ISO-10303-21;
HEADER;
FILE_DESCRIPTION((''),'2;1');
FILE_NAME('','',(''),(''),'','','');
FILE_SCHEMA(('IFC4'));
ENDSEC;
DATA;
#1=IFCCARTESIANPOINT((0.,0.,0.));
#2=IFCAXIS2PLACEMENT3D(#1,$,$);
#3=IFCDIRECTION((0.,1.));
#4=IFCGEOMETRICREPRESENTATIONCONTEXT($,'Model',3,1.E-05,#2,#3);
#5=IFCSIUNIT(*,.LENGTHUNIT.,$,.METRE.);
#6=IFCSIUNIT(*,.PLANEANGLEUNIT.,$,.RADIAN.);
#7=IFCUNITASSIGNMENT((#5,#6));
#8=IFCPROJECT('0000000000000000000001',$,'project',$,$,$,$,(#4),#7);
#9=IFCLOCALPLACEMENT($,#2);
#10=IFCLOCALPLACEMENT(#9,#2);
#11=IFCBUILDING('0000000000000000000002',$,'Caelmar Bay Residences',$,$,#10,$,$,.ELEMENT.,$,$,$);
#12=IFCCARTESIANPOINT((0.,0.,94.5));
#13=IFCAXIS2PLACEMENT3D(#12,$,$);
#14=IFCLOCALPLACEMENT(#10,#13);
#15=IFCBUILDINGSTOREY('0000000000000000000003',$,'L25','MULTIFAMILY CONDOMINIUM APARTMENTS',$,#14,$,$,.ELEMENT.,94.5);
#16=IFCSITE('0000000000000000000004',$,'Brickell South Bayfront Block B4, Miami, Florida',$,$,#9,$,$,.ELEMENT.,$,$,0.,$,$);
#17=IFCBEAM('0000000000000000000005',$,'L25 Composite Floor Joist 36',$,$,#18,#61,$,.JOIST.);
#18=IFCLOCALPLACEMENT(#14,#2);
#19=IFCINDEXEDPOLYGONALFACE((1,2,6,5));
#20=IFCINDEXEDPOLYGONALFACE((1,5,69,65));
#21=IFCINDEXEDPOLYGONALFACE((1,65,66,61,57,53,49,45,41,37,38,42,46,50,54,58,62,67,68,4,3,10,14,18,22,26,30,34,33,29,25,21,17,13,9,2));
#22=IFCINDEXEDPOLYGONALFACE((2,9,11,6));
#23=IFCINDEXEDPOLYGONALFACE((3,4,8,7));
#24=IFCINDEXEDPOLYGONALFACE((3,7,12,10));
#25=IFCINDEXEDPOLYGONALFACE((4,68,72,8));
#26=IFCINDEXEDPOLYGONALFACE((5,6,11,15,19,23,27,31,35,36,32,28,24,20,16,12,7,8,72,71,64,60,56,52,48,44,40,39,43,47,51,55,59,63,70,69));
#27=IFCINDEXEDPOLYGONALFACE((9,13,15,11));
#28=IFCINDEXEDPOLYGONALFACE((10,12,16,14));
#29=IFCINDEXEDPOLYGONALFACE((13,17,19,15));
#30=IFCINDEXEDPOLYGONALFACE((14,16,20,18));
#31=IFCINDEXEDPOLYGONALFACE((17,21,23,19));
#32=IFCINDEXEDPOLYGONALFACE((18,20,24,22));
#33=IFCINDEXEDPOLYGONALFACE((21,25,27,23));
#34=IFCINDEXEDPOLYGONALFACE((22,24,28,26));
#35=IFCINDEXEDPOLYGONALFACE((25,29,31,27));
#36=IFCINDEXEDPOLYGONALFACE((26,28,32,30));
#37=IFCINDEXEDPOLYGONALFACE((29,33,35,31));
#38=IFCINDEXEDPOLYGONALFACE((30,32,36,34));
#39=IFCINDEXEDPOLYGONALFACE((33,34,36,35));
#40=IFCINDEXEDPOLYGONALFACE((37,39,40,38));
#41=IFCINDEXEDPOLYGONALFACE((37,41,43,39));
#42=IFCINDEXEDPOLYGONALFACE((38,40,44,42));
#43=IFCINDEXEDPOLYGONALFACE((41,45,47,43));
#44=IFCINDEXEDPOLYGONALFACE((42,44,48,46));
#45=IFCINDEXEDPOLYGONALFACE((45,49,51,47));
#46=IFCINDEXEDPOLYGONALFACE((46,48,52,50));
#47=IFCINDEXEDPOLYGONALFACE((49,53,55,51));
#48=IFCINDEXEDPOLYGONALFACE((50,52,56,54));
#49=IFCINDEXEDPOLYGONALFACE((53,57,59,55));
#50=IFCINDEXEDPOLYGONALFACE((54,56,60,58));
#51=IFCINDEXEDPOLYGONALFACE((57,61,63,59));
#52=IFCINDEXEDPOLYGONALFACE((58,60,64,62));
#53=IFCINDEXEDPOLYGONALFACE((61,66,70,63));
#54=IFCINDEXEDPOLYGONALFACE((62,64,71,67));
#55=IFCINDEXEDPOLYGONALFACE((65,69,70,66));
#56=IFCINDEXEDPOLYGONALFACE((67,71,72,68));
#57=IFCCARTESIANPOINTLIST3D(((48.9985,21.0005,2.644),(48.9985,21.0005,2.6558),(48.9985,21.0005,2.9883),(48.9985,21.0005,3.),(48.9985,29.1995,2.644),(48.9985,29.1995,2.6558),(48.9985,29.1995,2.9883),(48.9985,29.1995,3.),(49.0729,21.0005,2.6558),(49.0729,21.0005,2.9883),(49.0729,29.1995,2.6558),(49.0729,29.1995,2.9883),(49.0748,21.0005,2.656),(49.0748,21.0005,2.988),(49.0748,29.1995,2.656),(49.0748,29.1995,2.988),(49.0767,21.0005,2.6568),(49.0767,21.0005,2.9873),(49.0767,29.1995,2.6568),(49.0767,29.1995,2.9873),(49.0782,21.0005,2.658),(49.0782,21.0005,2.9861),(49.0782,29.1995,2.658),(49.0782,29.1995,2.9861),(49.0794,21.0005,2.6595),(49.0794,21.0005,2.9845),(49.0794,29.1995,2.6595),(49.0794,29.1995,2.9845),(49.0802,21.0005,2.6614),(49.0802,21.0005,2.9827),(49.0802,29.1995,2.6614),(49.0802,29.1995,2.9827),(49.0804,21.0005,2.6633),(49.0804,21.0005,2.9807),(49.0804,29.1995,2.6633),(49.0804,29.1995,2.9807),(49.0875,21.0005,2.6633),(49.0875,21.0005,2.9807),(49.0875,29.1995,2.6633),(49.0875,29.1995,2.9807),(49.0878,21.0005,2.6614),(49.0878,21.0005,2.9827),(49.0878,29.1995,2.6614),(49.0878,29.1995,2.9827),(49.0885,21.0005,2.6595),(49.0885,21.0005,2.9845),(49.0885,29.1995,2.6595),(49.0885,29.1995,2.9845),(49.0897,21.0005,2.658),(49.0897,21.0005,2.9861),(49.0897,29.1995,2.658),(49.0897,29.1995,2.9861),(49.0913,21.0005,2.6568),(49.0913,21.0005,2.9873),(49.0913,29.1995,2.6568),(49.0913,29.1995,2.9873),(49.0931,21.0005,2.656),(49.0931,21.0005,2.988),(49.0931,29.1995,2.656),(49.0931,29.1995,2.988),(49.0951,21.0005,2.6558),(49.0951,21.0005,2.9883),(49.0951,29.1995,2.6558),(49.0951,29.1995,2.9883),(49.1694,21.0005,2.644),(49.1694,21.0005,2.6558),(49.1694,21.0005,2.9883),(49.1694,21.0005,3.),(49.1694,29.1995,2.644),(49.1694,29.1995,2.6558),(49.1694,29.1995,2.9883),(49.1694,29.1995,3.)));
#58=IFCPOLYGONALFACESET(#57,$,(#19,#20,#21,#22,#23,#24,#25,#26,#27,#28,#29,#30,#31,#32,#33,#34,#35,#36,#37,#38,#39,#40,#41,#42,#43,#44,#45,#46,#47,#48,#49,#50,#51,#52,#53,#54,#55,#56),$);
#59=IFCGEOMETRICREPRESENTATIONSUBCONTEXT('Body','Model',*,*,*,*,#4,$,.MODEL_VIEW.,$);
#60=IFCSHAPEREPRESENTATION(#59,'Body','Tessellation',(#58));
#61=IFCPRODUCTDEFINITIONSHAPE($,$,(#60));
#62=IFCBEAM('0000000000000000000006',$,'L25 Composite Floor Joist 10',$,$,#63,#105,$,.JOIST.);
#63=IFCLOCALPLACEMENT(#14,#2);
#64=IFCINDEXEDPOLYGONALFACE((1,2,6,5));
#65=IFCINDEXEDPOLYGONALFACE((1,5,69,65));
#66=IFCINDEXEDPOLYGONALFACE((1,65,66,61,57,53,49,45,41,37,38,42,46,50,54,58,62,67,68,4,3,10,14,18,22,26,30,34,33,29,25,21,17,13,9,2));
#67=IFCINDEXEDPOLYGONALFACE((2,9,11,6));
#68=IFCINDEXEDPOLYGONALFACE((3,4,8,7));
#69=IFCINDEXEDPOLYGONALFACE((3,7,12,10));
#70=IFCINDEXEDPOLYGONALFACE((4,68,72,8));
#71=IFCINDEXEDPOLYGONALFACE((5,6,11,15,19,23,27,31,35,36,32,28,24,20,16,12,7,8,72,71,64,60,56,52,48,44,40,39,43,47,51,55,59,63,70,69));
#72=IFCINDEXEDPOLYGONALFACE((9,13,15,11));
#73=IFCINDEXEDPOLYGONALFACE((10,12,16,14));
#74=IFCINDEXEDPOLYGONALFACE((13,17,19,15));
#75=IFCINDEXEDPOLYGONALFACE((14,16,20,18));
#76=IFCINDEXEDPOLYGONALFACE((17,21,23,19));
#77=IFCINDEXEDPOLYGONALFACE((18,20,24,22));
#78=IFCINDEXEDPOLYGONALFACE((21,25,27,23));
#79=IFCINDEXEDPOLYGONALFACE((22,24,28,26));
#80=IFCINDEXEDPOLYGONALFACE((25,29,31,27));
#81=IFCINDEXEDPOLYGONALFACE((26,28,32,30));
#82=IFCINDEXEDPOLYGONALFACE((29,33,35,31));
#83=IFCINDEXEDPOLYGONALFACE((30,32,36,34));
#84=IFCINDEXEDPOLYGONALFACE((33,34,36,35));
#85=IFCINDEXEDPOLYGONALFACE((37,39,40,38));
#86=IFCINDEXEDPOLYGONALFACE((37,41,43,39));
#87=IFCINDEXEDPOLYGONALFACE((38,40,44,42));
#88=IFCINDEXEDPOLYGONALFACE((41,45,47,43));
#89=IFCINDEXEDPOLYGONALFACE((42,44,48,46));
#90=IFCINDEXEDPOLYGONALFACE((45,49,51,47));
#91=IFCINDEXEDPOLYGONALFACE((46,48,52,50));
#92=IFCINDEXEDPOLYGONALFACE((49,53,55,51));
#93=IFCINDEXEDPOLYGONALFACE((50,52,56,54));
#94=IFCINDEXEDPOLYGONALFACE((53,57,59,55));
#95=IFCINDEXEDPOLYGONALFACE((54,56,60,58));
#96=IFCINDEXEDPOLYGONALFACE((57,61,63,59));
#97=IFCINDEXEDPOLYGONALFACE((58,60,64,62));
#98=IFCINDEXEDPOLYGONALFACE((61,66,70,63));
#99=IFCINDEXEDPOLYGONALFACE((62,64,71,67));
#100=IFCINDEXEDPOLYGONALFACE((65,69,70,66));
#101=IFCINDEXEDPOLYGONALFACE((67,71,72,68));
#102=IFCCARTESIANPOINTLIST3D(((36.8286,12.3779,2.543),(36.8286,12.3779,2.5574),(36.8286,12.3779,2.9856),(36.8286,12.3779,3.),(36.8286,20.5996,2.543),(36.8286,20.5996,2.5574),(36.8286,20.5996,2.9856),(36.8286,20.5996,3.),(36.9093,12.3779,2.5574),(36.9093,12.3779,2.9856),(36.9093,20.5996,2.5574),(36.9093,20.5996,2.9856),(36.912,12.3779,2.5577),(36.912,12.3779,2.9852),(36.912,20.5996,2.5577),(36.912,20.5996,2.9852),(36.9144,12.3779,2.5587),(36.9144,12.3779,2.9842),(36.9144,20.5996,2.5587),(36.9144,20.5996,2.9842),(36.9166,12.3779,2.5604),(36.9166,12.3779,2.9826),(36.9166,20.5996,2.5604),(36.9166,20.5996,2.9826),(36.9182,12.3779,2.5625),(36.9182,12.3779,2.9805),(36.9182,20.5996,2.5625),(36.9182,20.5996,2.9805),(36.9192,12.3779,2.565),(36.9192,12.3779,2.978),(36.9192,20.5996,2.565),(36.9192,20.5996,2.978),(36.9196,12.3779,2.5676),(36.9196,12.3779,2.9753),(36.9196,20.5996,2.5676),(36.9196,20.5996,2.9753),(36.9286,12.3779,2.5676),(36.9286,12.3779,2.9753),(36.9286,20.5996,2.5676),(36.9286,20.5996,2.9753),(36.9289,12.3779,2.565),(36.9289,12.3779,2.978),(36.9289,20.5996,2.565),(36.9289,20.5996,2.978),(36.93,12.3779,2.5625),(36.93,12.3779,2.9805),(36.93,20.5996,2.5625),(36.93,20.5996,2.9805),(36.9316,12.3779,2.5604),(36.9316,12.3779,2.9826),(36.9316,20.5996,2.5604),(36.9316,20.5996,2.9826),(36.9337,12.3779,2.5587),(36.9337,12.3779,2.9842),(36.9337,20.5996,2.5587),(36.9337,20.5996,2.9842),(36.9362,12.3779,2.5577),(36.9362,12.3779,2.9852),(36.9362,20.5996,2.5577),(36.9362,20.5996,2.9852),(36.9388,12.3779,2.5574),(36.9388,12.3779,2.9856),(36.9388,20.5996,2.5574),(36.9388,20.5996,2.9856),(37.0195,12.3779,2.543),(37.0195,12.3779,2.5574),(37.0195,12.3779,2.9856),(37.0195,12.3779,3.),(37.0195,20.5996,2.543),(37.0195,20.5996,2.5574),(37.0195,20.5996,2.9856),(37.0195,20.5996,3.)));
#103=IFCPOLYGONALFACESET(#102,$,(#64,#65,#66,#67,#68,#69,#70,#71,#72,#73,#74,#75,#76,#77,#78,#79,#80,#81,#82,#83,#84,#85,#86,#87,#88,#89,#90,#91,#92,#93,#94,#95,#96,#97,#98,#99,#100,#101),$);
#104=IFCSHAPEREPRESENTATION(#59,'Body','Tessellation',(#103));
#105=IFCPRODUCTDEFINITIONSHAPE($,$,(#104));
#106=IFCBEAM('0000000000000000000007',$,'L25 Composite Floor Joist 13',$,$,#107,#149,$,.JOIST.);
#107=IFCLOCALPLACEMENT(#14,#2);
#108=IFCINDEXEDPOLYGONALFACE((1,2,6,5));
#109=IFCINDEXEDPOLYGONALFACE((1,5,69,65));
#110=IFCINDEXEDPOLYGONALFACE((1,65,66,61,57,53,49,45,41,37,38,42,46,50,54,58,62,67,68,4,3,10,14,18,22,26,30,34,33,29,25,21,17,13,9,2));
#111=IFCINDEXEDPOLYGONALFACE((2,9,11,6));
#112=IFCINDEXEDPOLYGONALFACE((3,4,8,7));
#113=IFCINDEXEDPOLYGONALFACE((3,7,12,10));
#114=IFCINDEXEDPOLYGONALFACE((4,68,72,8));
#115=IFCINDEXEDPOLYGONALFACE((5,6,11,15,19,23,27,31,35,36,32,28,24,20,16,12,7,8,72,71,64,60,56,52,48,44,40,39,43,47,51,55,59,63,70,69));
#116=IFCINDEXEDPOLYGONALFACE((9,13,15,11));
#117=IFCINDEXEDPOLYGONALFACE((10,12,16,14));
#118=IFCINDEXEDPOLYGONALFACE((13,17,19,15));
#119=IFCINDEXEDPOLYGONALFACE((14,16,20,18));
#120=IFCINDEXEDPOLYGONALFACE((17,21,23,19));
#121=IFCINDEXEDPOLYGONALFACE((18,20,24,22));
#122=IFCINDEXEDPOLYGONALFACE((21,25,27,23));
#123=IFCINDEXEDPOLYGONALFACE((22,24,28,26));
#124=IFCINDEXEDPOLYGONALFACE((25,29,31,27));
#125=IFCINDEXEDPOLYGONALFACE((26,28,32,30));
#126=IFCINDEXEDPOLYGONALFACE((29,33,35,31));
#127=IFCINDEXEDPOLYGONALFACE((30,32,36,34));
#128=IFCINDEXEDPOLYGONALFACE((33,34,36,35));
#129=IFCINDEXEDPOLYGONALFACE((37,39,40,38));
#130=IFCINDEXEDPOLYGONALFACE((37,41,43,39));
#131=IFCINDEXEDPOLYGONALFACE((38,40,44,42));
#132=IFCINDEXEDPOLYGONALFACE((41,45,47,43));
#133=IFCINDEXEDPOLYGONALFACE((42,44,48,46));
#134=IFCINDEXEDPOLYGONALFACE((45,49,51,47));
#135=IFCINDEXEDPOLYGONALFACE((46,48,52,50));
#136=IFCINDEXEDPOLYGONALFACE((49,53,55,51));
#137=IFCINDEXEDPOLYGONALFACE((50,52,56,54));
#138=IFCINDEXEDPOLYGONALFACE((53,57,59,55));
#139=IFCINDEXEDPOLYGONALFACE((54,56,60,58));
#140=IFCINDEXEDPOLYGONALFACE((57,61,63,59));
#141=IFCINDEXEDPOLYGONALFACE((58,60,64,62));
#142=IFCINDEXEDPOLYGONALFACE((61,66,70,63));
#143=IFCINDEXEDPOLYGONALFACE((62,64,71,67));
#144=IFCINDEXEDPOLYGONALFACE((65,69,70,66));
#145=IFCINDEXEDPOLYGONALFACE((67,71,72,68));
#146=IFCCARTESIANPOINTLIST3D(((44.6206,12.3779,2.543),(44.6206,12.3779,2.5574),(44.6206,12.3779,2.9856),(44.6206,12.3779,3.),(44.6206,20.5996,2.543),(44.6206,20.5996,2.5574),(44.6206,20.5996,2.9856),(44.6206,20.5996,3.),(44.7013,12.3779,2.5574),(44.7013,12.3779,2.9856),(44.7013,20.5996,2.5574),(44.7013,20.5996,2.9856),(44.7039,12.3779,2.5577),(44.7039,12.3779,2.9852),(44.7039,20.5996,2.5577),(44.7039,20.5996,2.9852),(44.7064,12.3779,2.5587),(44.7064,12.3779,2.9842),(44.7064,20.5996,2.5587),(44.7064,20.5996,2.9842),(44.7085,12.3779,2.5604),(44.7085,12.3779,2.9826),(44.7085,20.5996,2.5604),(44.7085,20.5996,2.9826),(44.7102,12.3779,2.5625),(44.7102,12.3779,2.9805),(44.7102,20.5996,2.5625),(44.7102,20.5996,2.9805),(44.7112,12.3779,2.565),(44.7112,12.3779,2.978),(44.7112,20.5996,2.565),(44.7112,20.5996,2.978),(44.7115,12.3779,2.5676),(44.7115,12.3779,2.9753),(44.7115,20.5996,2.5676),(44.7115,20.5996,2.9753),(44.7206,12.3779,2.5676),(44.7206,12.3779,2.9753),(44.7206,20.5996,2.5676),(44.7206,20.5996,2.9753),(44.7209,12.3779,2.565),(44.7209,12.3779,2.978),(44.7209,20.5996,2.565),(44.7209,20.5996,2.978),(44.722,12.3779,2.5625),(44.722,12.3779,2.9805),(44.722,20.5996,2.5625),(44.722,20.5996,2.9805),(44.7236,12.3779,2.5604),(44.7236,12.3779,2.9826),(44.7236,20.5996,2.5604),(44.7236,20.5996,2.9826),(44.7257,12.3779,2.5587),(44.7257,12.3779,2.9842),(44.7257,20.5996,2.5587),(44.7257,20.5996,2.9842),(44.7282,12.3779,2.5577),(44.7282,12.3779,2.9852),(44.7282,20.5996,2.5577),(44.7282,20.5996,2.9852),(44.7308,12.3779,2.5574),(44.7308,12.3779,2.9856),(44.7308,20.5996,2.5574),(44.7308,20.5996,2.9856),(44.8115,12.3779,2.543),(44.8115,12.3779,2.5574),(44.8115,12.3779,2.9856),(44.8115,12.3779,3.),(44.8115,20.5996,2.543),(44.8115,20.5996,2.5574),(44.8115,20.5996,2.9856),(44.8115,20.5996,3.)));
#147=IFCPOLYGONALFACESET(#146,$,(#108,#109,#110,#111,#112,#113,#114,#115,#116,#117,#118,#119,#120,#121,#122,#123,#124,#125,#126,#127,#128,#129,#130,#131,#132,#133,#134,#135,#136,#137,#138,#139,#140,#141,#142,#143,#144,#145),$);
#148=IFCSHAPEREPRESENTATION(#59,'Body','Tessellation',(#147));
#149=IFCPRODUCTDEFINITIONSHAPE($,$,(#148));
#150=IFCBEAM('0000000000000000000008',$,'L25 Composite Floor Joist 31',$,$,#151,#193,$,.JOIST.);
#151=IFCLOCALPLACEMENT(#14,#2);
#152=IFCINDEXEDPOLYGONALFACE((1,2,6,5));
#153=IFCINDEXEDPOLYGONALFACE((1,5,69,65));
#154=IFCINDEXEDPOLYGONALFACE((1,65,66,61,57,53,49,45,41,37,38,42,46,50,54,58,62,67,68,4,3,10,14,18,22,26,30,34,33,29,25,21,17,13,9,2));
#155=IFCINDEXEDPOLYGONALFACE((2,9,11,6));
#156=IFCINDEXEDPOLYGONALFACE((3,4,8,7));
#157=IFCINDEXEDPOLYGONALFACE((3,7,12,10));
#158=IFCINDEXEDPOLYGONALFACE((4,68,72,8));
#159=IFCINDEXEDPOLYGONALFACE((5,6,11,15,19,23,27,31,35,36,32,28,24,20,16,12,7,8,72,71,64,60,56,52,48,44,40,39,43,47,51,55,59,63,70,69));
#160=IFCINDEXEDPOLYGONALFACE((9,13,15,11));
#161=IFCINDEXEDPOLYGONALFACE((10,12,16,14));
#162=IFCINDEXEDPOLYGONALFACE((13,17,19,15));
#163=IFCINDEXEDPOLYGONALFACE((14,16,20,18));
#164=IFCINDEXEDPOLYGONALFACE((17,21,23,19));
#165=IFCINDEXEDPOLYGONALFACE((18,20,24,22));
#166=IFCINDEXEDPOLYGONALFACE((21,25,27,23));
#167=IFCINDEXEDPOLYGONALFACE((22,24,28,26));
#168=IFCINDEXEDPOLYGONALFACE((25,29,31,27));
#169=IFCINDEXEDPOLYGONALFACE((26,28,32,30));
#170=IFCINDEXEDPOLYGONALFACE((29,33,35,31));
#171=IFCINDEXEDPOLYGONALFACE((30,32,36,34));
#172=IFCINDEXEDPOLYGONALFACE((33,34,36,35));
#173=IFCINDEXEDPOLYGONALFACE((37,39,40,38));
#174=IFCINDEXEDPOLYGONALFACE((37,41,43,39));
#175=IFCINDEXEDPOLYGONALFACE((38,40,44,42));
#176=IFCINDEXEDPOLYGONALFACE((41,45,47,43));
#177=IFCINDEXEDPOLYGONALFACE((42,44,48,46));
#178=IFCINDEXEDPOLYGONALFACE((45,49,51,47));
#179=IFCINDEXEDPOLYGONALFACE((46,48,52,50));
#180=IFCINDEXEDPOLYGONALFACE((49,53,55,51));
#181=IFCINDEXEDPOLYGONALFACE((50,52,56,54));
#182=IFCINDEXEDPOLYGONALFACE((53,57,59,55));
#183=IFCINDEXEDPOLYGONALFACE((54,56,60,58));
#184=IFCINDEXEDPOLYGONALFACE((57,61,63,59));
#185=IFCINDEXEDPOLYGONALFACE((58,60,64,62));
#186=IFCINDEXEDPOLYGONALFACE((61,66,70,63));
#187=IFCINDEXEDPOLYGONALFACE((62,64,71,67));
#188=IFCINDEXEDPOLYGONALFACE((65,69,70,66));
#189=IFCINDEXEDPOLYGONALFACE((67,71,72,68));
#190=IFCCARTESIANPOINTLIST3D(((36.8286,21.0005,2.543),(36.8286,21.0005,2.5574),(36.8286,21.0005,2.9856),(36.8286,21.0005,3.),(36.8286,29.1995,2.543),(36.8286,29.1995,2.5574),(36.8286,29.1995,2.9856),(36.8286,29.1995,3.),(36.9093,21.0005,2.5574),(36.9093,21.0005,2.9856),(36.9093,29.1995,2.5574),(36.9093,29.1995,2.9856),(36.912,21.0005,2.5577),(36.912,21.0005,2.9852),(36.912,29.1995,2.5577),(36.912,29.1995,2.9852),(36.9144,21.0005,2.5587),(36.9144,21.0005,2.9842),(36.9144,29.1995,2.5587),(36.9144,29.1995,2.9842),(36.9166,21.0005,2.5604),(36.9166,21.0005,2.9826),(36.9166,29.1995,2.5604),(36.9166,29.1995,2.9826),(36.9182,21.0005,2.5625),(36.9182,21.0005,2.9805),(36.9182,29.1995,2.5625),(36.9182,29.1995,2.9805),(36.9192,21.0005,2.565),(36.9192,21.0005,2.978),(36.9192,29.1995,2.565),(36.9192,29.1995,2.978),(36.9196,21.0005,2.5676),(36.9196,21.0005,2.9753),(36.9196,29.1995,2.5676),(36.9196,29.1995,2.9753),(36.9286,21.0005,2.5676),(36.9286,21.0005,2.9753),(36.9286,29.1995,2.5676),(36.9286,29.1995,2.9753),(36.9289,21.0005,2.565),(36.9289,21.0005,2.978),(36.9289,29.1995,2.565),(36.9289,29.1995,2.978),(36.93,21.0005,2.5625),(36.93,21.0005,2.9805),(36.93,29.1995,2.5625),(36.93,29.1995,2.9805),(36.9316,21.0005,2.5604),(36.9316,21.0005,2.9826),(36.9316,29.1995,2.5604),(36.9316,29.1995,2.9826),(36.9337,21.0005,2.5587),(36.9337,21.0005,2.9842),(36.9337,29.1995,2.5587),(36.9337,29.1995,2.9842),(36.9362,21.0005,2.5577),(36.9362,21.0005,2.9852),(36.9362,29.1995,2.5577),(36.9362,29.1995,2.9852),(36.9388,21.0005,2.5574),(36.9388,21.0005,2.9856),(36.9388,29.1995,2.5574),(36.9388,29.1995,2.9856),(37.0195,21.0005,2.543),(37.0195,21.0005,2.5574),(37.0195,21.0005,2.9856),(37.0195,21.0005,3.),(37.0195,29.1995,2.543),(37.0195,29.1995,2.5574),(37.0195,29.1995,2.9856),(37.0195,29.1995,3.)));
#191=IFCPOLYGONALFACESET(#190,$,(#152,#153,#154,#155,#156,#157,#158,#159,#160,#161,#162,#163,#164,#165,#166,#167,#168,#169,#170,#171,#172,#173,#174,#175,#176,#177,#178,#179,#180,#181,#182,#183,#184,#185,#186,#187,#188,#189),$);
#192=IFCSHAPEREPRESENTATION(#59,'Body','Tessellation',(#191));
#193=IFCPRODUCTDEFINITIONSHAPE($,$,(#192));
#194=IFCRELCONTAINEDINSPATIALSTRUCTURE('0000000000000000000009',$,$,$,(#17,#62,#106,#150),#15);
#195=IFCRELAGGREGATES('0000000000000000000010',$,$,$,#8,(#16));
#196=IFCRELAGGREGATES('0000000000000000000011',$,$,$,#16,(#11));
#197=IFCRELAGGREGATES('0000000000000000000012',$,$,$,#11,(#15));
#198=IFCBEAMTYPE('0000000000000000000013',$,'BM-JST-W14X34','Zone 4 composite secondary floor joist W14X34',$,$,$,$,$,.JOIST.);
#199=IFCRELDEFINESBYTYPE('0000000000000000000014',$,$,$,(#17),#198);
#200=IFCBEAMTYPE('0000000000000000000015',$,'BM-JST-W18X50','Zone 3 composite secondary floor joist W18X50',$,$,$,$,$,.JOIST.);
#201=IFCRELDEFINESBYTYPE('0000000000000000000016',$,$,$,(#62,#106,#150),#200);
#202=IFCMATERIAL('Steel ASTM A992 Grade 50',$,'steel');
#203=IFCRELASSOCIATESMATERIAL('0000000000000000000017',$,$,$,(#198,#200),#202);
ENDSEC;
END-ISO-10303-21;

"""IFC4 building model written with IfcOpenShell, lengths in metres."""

from ifc_helpers import new_model, si_unit, direction, frame, origin, origin_2d, place, context, subcontext, project, spatial, i_section, extrude, material, material_profile, profile_set, type_object, element, save


model = new_model("IFC4")

# Units and contexts
model_context = context("Model", 3, precision=1e-05, world=origin(), true_north=direction((0.0, 1.0)))
body_context = subcontext(model_context, "Body", "Model", "MODEL_VIEW")
ifc_project = project(units=[si_unit("LENGTHUNIT", "METRE"), si_unit("PLANEANGLEUNIT", "RADIAN")], contexts=[model_context])

# Site, building, storey
site_placement = place(None, origin())
site = spatial("IfcSite", under=ifc_project, at=site_placement, Name="Brickell South Bayfront Block B4, Miami, Florida", CompositionType="ELEMENT", RefElevation=0.0)
building_placement = place(site_placement, origin())
building = spatial("IfcBuilding", under=site, at=building_placement, Name="Caelmar Bay Residences", CompositionType="ELEMENT")
storey_placement = place(building_placement, frame((0.0, 0.0, 94.5)))
storey = spatial("IfcBuildingStorey", under=building, at=storey_placement, Name="L25", Description="MULTIFAMILY CONDOMINIUM APARTMENTS", CompositionType="ELEMENT", Elevation=94.5)

# Beams
ifc_material_1 = material(Name="Steel ASTM A992 Grade 50", Category="steel")
ifc_material_profile_1 = material_profile(ifc_material_1, i_section(OverallWidth=0.1709, OverallDepth=0.356, WebThickness=0.0071, FlangeThickness=0.0117, FilletRadius=0.0076, at=origin_2d()), Name="W14X34")
ifc_profile_set_1 = profile_set([ifc_material_profile_1], Name="Steel ASTM A992 Grade 50")
beam_type_1 = type_object("IfcBeamType", Name="BM-JST-W14X34", Description="Zone 4 composite secondary floor joist W14X34", PredefinedType="JOIST", material=ifc_profile_set_1)
for number, where, z_axis, x_axis, name in (
    (1, (49.084, 21.0005, 2.822), (0.0, 1.0, 0.0), (-1.0, 0.0, 0.0), "L25 Composite Floor Joist 36"),
):
    element("IfcBeam", number, at=place(storey_placement, frame(where, z_axis=z_axis, x_axis=x_axis)), inside=storey, type_object=beam_type_1, Name=name, PredefinedType="JOIST", context=body_context, shape_type="SweptSolid", body=[
        extrude(i_section(OverallWidth=0.1709, OverallDepth=0.356, WebThickness=0.0071, FlangeThickness=0.0117, FilletRadius=0.0076, at=origin_2d()), origin(), (0.0, 0.0, 1.0), 8.199),
    ])
ifc_material_profile_2 = material_profile(ifc_material_1, i_section(OverallWidth=0.1909, OverallDepth=0.457, WebThickness=0.009, FlangeThickness=0.0144, FilletRadius=0.0103, at=origin_2d()), Name="W18X50")
ifc_profile_set_2 = profile_set([ifc_material_profile_2], Name="Steel ASTM A992 Grade 50")
beam_type_2 = type_object("IfcBeamType", Name="BM-JST-W18X50", Description="Zone 3 composite secondary floor joist W18X50", PredefinedType="JOIST", material=ifc_profile_set_2)
for number, where, z_axis, x_axis, name in (
    (2, (36.9241, 12.3779, 2.7715), (0.0, 1.0, 0.0), (-1.0, 0.0, 0.0), "L25 Composite Floor Joist 10"),
    (3, (44.7161, 12.3779, 2.7715), (0.0, 1.0, 0.0), (-1.0, 0.0, 0.0), "L25 Composite Floor Joist 13"),
):
    element("IfcBeam", number, at=place(storey_placement, frame(where, z_axis=z_axis, x_axis=x_axis)), inside=storey, type_object=beam_type_2, Name=name, PredefinedType="JOIST", context=body_context, shape_type="SweptSolid", body=[
        extrude(i_section(OverallWidth=0.1909, OverallDepth=0.457, WebThickness=0.009, FlangeThickness=0.0144, FilletRadius=0.0103, at=origin_2d()), origin(), (0.0, 0.0, 1.0), 8.2217),
    ])
for number, where, z_axis, x_axis, name in (
    (4, (36.9241, 21.0005, 2.7715), (0.0, 1.0, 0.0), (-1.0, 0.0, 0.0), "L25 Composite Floor Joist 31"),
):
    element("IfcBeam", number, at=place(storey_placement, frame(where, z_axis=z_axis, x_axis=x_axis)), inside=storey, type_object=beam_type_2, Name=name, PredefinedType="JOIST", context=body_context, shape_type="SweptSolid", body=[
        extrude(i_section(OverallWidth=0.1909, OverallDepth=0.457, WebThickness=0.009, FlangeThickness=0.0144, FilletRadius=0.0103, at=origin_2d()), origin(), (0.0, 0.0, 1.0), 8.199),
    ])

save(model, "model.ifc")
